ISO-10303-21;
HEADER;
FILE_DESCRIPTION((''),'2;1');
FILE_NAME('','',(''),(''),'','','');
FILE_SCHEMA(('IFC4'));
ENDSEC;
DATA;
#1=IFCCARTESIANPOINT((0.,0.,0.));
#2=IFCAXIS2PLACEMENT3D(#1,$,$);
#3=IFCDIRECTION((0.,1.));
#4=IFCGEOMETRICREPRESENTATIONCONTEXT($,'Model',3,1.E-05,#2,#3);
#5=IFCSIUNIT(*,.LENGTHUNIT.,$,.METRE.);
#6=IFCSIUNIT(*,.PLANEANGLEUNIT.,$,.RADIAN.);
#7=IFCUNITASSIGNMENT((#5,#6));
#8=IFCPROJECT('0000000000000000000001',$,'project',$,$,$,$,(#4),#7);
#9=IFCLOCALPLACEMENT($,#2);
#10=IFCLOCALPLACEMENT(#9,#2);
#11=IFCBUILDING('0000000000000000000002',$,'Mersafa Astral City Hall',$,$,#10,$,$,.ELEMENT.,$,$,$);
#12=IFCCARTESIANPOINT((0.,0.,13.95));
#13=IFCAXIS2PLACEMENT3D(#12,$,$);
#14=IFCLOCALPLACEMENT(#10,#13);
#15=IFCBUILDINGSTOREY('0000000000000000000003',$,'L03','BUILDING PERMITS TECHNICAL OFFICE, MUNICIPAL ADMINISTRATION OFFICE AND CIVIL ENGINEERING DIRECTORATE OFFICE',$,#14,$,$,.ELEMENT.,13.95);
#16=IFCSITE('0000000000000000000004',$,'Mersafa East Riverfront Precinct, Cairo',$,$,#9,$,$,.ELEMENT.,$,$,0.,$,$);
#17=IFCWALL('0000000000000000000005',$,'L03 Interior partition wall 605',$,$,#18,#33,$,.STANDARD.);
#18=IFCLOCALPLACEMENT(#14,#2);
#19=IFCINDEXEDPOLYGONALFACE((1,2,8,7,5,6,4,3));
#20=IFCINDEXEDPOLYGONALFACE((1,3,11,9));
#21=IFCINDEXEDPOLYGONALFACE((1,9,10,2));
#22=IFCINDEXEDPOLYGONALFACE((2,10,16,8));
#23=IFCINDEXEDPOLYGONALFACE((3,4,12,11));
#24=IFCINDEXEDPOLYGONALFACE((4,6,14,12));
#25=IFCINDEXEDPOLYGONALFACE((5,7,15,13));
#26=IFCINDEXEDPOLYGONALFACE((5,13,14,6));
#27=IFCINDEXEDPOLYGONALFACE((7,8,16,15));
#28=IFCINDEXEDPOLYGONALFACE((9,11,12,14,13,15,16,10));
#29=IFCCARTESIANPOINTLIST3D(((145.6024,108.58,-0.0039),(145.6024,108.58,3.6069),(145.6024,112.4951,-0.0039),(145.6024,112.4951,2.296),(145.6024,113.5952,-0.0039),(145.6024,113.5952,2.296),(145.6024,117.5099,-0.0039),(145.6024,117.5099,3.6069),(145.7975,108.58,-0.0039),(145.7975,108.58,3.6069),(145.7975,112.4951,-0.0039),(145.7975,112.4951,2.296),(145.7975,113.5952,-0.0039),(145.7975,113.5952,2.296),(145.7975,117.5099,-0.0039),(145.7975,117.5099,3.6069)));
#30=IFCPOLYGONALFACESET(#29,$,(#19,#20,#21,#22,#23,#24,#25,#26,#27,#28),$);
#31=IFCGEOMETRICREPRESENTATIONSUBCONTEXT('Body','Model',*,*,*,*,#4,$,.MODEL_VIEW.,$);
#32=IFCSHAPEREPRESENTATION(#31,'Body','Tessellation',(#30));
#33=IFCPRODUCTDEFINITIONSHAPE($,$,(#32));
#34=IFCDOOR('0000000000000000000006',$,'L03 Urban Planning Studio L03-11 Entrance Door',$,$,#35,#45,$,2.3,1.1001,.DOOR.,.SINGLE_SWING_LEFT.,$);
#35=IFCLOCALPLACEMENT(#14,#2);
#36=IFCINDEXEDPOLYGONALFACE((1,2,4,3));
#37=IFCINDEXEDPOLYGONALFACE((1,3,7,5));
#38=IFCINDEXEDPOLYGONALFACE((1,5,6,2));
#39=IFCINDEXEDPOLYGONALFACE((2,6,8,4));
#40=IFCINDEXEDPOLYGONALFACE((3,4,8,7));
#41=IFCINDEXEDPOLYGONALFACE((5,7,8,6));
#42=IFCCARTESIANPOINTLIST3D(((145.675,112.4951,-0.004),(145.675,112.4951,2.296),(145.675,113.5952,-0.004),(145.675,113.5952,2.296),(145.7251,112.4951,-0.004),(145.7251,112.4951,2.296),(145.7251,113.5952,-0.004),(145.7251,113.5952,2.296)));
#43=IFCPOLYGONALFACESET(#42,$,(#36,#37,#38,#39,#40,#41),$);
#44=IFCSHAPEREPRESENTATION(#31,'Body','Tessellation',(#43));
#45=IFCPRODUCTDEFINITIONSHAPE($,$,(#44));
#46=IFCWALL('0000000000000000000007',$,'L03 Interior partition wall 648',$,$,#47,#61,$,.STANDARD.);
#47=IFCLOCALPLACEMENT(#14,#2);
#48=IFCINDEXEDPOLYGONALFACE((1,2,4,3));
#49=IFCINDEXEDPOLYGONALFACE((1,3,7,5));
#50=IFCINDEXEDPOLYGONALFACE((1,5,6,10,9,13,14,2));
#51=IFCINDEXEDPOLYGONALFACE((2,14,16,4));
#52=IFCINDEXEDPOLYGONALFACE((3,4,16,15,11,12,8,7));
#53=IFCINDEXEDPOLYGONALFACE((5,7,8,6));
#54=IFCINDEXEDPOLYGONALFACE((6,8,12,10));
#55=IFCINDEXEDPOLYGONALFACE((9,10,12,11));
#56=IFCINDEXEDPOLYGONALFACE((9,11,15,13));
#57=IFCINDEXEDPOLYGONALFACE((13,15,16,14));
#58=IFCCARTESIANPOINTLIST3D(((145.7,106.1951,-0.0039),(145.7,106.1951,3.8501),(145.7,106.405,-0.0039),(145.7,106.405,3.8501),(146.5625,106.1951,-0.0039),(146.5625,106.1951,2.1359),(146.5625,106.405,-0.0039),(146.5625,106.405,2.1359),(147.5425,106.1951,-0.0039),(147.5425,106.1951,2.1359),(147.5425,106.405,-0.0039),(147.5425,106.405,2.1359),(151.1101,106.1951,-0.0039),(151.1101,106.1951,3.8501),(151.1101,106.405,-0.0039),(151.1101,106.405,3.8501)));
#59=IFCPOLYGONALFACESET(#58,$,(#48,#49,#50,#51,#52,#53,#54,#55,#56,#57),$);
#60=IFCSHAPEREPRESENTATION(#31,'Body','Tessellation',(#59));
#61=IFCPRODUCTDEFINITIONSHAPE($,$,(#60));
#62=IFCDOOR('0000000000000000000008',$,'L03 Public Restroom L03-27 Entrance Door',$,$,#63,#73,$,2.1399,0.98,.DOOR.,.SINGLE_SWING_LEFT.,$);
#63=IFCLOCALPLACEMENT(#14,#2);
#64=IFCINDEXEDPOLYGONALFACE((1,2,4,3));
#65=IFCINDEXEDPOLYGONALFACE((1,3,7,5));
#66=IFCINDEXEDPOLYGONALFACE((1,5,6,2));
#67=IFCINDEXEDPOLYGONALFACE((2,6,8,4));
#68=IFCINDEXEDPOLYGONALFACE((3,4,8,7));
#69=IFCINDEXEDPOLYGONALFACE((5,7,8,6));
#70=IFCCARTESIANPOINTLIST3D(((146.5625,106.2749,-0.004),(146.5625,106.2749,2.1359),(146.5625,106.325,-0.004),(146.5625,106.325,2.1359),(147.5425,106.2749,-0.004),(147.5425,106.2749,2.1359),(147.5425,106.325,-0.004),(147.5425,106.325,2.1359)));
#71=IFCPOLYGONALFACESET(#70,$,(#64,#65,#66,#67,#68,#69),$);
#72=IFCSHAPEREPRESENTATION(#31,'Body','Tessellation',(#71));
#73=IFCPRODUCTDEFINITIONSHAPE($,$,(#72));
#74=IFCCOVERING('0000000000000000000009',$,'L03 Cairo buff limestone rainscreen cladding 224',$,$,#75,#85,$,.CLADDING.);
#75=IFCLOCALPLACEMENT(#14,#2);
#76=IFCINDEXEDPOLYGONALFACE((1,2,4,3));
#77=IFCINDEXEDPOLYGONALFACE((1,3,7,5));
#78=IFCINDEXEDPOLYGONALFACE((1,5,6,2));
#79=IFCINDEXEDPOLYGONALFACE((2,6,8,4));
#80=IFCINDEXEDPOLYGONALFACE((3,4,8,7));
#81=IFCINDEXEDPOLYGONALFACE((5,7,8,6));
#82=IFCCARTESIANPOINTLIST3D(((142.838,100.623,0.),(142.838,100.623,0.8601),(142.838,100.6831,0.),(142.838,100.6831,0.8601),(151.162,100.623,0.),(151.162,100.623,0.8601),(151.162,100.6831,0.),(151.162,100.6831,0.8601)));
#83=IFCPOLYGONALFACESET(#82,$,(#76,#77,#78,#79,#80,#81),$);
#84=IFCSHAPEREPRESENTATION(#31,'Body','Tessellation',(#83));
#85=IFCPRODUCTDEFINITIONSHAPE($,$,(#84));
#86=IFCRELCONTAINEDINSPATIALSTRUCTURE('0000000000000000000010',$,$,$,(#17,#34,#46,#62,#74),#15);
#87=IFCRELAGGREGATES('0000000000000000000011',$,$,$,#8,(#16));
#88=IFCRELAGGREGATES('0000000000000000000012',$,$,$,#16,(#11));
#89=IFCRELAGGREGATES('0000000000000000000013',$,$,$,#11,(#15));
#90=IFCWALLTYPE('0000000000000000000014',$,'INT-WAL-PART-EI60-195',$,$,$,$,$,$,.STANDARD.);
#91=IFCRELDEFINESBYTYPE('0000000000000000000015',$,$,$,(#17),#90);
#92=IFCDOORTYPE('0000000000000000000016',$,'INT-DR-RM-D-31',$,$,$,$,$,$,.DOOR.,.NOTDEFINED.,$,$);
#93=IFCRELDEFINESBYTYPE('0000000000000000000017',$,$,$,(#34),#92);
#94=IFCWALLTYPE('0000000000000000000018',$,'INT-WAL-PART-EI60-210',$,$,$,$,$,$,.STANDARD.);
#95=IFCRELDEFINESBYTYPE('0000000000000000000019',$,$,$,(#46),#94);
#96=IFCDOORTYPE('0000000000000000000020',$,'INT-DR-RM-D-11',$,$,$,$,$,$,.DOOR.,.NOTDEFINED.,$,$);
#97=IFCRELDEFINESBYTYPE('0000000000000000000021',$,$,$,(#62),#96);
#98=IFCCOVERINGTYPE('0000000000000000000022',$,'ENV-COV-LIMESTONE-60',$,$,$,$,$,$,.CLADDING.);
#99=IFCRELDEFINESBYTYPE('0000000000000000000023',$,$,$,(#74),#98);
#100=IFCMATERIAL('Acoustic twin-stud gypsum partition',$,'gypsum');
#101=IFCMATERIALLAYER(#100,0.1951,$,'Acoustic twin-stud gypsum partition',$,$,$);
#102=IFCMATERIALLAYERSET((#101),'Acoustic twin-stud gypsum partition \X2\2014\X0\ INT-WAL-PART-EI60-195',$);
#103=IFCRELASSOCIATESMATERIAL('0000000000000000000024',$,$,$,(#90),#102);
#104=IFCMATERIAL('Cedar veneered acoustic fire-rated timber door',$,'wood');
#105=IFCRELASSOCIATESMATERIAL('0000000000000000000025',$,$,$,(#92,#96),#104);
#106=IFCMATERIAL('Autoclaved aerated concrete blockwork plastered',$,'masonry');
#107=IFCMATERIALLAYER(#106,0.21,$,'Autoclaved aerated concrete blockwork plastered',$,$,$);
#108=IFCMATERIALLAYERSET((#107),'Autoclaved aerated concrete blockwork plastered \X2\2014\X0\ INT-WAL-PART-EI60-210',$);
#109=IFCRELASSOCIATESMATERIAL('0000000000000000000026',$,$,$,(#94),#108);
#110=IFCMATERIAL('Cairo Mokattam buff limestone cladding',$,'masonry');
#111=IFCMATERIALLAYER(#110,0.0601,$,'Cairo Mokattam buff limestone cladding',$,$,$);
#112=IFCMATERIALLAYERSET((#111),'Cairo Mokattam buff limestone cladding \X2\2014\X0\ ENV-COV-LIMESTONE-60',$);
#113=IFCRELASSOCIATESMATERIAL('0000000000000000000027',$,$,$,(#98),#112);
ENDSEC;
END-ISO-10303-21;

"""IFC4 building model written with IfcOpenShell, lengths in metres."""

from ifc_helpers import new_model, si_unit, direction, frame, frame_2d, origin, origin_2d, place, context, subcontext, project, spatial, rectangle, extrude, material, layer, layer_set, type_object, element, fill, save


model = new_model("IFC4")

# Units and contexts
model_context = context("Model", 3, precision=1e-05, world=origin(), true_north=direction((0.0, 1.0)))
body_context = subcontext(model_context, "Body", "Model", "MODEL_VIEW")
ifc_project = project(units=[si_unit("LENGTHUNIT", "METRE"), si_unit("PLANEANGLEUNIT", "RADIAN")], contexts=[model_context])

# Site, building, storey
site_placement = place(None, origin())
site = spatial("IfcSite", under=ifc_project, at=site_placement, Name="Mersafa East Riverfront Precinct, Cairo", CompositionType="ELEMENT", RefElevation=0.0)
building_placement = place(site_placement, origin())
building = spatial("IfcBuilding", under=site, at=building_placement, Name="Mersafa Astral City Hall", CompositionType="ELEMENT")
storey_placement = place(building_placement, frame((0.0, 0.0, 13.95)))
storey = spatial("IfcBuildingStorey", under=building, at=storey_placement, Name="L03", Description="BUILDING PERMITS TECHNICAL OFFICE, MUNICIPAL ADMINISTRATION OFFICE AND CIVIL ENGINEERING DIRECTORATE OFFICE", CompositionType="ELEMENT", Elevation=13.95)

# Shared definitions
ifc_material_1 = material(Name="Acoustic twin-stud gypsum partition", Category="gypsum")

# Wall, opening, door
ifc_layer_1 = layer(ifc_material_1, 0.1951, Name="Acoustic twin-stud gypsum partition")
ifc_layer_set_1 = layer_set([ifc_layer_1], Name="Acoustic twin-stud gypsum partition — INT-WAL-PART-EI60-195")
wall_type_1 = type_object("IfcWallType", Name="INT-WAL-PART-EI60-195", PredefinedType="STANDARD", material=ifc_layer_set_1)
wall_1_placement = place(storey_placement, frame((145.7, 108.5801, -0.0039), z_axis=(0.0, 0.0, 1.0), x_axis=(0.0, 1.0, 0.0)))
wall_1 = element("IfcWall", 1, at=wall_1_placement, inside=storey, type_object=wall_type_1, Name="L03 Interior partition wall 605", PredefinedType="STANDARD", context=body_context, shape_type="SweptSolid", body=[
    extrude(rectangle(XDim=8.9299, YDim=0.1951, at=frame_2d((4.4648, 0.0))), origin(), (0.0, 0.0, 1.0), 3.6108),
])
opening_1_placement = place(wall_1_placement, frame((3.915, 0.0, 0.0)))
opening_1 = element("IfcOpeningElement", 2, at=opening_1_placement, cuts=wall_1, PredefinedType="OPENING", context=body_context, shape_type="SweptSolid", body=[
    extrude(rectangle(XDim=1.1001, YDim=2.3, at=frame_2d((0.55, 1.1499))), frame((0.0, 0.1074, 0.0), z_axis=(0.0, -1.0, 0.0), x_axis=(1.0, 0.0, 0.0)), (0.0, 0.0, 1.0), 0.2151),
])
ifc_material_2 = material(Name="Cedar veneered acoustic fire-rated timber door", Category="wood")
door_type_1 = type_object("IfcDoorType", Name="INT-DR-RM-D-31", OperationType="NOTDEFINED", PredefinedType="DOOR", material=ifc_material_2)
door_1_placement = place(opening_1_placement, origin())
door_1 = element("IfcDoor", 3, at=door_1_placement, inside=storey, type_object=door_type_1, Name="L03 Urban Planning Studio L03-11 Entrance Door", OperationType="SINGLE_SWING_LEFT", OverallHeight=2.3, OverallWidth=1.1001, PredefinedType="DOOR", context=body_context, shape_type="SweptSolid", body=[
    extrude(rectangle(XDim=1.1001, YDim=2.3, at=frame_2d((0.55, 1.1499))), frame((0.0, 0.0249, 0.0), z_axis=(0.0, -1.0, 0.0), x_axis=(1.0, 0.0, 0.0)), (0.0, 0.0, 1.0), 0.05),
])
fill(opening_1, door_1)

# Wall, opening, door
ifc_material_3 = material(Name="Autoclaved aerated concrete blockwork plastered", Category="masonry")
ifc_layer_2 = layer(ifc_material_3, 0.21, Name="Autoclaved aerated concrete blockwork plastered")
ifc_layer_set_2 = layer_set([ifc_layer_2], Name="Autoclaved aerated concrete blockwork plastered — INT-WAL-PART-EI60-210")
wall_type_2 = type_object("IfcWallType", Name="INT-WAL-PART-EI60-210", PredefinedType="STANDARD", material=ifc_layer_set_2)
wall_2_placement = place(storey_placement, frame((145.7, 106.3, -0.0039), z_axis=(0.0, 0.0, 1.0), x_axis=(1.0, 0.0, 0.0)))
wall_2 = element("IfcWall", 4, at=wall_2_placement, inside=storey, type_object=wall_type_2, Name="L03 Interior partition wall 648", PredefinedType="STANDARD", context=body_context, shape_type="SweptSolid", body=[
    extrude(rectangle(XDim=5.4102, YDim=0.21, at=frame_2d((2.7051, 0.0))), origin(), (0.0, 0.0, 1.0), 3.854),
])
opening_2_placement = place(wall_2_placement, frame((0.8625, 0.0, 0.0)))
opening_2 = element("IfcOpeningElement", 5, at=opening_2_placement, cuts=wall_2, PredefinedType="OPENING", context=body_context, shape_type="SweptSolid", body=[
    extrude(rectangle(XDim=0.98, YDim=2.1399, at=frame_2d((0.49, 1.0698))), frame((0.0, 0.115, 0.0), z_axis=(0.0, -1.0, 0.0), x_axis=(1.0, 0.0, 0.0)), (0.0, 0.0, 1.0), 0.23),
])
door_type_2 = type_object("IfcDoorType", Name="INT-DR-RM-D-11", OperationType="NOTDEFINED", PredefinedType="DOOR", material=ifc_material_2)
door_2_placement = place(opening_2_placement, origin())
door_2 = element("IfcDoor", 6, at=door_2_placement, inside=storey, type_object=door_type_2, Name="L03 Public Restroom L03-27 Entrance Door", OperationType="SINGLE_SWING_LEFT", OverallHeight=2.1399, OverallWidth=0.98, PredefinedType="DOOR", context=body_context, shape_type="SweptSolid", body=[
    extrude(rectangle(XDim=0.98, YDim=2.1399, at=frame_2d((0.49, 1.0698))), frame((0.0, 0.0249, 0.0), z_axis=(0.0, -1.0, 0.0), x_axis=(1.0, 0.0, 0.0)), (0.0, 0.0, 1.0), 0.05),
])
fill(opening_2, door_2)

# Covering
ifc_material_4 = material(Name="Cairo Mokattam buff limestone cladding", Category="masonry")
ifc_layer_3 = layer(ifc_material_4, 0.0601, Name="Cairo Mokattam buff limestone cladding")
ifc_layer_set_3 = layer_set([ifc_layer_3], Name="Cairo Mokattam buff limestone cladding — ENV-COV-LIMESTONE-60")
covering_type = type_object("IfcCoveringType", Name="ENV-COV-LIMESTONE-60", PredefinedType="CLADDING", material=ifc_layer_set_3)
covering_placement = place(storey_placement, frame((147.0, 100.6531, 0.0), z_axis=(0.0, 0.0, 1.0), x_axis=(1.0, 0.0, 0.0)))
element("IfcCovering", 7, at=covering_placement, inside=storey, type_object=covering_type, Name="L03 Cairo buff limestone rainscreen cladding 224", PredefinedType="CLADDING", context=body_context, shape_type="SweptSolid", body=[
    extrude(rectangle(XDim=8.324, YDim=0.0601, at=origin_2d()), origin(), (0.0, 0.0, 1.0), 0.8601),
])

save(model, "model.ifc")
